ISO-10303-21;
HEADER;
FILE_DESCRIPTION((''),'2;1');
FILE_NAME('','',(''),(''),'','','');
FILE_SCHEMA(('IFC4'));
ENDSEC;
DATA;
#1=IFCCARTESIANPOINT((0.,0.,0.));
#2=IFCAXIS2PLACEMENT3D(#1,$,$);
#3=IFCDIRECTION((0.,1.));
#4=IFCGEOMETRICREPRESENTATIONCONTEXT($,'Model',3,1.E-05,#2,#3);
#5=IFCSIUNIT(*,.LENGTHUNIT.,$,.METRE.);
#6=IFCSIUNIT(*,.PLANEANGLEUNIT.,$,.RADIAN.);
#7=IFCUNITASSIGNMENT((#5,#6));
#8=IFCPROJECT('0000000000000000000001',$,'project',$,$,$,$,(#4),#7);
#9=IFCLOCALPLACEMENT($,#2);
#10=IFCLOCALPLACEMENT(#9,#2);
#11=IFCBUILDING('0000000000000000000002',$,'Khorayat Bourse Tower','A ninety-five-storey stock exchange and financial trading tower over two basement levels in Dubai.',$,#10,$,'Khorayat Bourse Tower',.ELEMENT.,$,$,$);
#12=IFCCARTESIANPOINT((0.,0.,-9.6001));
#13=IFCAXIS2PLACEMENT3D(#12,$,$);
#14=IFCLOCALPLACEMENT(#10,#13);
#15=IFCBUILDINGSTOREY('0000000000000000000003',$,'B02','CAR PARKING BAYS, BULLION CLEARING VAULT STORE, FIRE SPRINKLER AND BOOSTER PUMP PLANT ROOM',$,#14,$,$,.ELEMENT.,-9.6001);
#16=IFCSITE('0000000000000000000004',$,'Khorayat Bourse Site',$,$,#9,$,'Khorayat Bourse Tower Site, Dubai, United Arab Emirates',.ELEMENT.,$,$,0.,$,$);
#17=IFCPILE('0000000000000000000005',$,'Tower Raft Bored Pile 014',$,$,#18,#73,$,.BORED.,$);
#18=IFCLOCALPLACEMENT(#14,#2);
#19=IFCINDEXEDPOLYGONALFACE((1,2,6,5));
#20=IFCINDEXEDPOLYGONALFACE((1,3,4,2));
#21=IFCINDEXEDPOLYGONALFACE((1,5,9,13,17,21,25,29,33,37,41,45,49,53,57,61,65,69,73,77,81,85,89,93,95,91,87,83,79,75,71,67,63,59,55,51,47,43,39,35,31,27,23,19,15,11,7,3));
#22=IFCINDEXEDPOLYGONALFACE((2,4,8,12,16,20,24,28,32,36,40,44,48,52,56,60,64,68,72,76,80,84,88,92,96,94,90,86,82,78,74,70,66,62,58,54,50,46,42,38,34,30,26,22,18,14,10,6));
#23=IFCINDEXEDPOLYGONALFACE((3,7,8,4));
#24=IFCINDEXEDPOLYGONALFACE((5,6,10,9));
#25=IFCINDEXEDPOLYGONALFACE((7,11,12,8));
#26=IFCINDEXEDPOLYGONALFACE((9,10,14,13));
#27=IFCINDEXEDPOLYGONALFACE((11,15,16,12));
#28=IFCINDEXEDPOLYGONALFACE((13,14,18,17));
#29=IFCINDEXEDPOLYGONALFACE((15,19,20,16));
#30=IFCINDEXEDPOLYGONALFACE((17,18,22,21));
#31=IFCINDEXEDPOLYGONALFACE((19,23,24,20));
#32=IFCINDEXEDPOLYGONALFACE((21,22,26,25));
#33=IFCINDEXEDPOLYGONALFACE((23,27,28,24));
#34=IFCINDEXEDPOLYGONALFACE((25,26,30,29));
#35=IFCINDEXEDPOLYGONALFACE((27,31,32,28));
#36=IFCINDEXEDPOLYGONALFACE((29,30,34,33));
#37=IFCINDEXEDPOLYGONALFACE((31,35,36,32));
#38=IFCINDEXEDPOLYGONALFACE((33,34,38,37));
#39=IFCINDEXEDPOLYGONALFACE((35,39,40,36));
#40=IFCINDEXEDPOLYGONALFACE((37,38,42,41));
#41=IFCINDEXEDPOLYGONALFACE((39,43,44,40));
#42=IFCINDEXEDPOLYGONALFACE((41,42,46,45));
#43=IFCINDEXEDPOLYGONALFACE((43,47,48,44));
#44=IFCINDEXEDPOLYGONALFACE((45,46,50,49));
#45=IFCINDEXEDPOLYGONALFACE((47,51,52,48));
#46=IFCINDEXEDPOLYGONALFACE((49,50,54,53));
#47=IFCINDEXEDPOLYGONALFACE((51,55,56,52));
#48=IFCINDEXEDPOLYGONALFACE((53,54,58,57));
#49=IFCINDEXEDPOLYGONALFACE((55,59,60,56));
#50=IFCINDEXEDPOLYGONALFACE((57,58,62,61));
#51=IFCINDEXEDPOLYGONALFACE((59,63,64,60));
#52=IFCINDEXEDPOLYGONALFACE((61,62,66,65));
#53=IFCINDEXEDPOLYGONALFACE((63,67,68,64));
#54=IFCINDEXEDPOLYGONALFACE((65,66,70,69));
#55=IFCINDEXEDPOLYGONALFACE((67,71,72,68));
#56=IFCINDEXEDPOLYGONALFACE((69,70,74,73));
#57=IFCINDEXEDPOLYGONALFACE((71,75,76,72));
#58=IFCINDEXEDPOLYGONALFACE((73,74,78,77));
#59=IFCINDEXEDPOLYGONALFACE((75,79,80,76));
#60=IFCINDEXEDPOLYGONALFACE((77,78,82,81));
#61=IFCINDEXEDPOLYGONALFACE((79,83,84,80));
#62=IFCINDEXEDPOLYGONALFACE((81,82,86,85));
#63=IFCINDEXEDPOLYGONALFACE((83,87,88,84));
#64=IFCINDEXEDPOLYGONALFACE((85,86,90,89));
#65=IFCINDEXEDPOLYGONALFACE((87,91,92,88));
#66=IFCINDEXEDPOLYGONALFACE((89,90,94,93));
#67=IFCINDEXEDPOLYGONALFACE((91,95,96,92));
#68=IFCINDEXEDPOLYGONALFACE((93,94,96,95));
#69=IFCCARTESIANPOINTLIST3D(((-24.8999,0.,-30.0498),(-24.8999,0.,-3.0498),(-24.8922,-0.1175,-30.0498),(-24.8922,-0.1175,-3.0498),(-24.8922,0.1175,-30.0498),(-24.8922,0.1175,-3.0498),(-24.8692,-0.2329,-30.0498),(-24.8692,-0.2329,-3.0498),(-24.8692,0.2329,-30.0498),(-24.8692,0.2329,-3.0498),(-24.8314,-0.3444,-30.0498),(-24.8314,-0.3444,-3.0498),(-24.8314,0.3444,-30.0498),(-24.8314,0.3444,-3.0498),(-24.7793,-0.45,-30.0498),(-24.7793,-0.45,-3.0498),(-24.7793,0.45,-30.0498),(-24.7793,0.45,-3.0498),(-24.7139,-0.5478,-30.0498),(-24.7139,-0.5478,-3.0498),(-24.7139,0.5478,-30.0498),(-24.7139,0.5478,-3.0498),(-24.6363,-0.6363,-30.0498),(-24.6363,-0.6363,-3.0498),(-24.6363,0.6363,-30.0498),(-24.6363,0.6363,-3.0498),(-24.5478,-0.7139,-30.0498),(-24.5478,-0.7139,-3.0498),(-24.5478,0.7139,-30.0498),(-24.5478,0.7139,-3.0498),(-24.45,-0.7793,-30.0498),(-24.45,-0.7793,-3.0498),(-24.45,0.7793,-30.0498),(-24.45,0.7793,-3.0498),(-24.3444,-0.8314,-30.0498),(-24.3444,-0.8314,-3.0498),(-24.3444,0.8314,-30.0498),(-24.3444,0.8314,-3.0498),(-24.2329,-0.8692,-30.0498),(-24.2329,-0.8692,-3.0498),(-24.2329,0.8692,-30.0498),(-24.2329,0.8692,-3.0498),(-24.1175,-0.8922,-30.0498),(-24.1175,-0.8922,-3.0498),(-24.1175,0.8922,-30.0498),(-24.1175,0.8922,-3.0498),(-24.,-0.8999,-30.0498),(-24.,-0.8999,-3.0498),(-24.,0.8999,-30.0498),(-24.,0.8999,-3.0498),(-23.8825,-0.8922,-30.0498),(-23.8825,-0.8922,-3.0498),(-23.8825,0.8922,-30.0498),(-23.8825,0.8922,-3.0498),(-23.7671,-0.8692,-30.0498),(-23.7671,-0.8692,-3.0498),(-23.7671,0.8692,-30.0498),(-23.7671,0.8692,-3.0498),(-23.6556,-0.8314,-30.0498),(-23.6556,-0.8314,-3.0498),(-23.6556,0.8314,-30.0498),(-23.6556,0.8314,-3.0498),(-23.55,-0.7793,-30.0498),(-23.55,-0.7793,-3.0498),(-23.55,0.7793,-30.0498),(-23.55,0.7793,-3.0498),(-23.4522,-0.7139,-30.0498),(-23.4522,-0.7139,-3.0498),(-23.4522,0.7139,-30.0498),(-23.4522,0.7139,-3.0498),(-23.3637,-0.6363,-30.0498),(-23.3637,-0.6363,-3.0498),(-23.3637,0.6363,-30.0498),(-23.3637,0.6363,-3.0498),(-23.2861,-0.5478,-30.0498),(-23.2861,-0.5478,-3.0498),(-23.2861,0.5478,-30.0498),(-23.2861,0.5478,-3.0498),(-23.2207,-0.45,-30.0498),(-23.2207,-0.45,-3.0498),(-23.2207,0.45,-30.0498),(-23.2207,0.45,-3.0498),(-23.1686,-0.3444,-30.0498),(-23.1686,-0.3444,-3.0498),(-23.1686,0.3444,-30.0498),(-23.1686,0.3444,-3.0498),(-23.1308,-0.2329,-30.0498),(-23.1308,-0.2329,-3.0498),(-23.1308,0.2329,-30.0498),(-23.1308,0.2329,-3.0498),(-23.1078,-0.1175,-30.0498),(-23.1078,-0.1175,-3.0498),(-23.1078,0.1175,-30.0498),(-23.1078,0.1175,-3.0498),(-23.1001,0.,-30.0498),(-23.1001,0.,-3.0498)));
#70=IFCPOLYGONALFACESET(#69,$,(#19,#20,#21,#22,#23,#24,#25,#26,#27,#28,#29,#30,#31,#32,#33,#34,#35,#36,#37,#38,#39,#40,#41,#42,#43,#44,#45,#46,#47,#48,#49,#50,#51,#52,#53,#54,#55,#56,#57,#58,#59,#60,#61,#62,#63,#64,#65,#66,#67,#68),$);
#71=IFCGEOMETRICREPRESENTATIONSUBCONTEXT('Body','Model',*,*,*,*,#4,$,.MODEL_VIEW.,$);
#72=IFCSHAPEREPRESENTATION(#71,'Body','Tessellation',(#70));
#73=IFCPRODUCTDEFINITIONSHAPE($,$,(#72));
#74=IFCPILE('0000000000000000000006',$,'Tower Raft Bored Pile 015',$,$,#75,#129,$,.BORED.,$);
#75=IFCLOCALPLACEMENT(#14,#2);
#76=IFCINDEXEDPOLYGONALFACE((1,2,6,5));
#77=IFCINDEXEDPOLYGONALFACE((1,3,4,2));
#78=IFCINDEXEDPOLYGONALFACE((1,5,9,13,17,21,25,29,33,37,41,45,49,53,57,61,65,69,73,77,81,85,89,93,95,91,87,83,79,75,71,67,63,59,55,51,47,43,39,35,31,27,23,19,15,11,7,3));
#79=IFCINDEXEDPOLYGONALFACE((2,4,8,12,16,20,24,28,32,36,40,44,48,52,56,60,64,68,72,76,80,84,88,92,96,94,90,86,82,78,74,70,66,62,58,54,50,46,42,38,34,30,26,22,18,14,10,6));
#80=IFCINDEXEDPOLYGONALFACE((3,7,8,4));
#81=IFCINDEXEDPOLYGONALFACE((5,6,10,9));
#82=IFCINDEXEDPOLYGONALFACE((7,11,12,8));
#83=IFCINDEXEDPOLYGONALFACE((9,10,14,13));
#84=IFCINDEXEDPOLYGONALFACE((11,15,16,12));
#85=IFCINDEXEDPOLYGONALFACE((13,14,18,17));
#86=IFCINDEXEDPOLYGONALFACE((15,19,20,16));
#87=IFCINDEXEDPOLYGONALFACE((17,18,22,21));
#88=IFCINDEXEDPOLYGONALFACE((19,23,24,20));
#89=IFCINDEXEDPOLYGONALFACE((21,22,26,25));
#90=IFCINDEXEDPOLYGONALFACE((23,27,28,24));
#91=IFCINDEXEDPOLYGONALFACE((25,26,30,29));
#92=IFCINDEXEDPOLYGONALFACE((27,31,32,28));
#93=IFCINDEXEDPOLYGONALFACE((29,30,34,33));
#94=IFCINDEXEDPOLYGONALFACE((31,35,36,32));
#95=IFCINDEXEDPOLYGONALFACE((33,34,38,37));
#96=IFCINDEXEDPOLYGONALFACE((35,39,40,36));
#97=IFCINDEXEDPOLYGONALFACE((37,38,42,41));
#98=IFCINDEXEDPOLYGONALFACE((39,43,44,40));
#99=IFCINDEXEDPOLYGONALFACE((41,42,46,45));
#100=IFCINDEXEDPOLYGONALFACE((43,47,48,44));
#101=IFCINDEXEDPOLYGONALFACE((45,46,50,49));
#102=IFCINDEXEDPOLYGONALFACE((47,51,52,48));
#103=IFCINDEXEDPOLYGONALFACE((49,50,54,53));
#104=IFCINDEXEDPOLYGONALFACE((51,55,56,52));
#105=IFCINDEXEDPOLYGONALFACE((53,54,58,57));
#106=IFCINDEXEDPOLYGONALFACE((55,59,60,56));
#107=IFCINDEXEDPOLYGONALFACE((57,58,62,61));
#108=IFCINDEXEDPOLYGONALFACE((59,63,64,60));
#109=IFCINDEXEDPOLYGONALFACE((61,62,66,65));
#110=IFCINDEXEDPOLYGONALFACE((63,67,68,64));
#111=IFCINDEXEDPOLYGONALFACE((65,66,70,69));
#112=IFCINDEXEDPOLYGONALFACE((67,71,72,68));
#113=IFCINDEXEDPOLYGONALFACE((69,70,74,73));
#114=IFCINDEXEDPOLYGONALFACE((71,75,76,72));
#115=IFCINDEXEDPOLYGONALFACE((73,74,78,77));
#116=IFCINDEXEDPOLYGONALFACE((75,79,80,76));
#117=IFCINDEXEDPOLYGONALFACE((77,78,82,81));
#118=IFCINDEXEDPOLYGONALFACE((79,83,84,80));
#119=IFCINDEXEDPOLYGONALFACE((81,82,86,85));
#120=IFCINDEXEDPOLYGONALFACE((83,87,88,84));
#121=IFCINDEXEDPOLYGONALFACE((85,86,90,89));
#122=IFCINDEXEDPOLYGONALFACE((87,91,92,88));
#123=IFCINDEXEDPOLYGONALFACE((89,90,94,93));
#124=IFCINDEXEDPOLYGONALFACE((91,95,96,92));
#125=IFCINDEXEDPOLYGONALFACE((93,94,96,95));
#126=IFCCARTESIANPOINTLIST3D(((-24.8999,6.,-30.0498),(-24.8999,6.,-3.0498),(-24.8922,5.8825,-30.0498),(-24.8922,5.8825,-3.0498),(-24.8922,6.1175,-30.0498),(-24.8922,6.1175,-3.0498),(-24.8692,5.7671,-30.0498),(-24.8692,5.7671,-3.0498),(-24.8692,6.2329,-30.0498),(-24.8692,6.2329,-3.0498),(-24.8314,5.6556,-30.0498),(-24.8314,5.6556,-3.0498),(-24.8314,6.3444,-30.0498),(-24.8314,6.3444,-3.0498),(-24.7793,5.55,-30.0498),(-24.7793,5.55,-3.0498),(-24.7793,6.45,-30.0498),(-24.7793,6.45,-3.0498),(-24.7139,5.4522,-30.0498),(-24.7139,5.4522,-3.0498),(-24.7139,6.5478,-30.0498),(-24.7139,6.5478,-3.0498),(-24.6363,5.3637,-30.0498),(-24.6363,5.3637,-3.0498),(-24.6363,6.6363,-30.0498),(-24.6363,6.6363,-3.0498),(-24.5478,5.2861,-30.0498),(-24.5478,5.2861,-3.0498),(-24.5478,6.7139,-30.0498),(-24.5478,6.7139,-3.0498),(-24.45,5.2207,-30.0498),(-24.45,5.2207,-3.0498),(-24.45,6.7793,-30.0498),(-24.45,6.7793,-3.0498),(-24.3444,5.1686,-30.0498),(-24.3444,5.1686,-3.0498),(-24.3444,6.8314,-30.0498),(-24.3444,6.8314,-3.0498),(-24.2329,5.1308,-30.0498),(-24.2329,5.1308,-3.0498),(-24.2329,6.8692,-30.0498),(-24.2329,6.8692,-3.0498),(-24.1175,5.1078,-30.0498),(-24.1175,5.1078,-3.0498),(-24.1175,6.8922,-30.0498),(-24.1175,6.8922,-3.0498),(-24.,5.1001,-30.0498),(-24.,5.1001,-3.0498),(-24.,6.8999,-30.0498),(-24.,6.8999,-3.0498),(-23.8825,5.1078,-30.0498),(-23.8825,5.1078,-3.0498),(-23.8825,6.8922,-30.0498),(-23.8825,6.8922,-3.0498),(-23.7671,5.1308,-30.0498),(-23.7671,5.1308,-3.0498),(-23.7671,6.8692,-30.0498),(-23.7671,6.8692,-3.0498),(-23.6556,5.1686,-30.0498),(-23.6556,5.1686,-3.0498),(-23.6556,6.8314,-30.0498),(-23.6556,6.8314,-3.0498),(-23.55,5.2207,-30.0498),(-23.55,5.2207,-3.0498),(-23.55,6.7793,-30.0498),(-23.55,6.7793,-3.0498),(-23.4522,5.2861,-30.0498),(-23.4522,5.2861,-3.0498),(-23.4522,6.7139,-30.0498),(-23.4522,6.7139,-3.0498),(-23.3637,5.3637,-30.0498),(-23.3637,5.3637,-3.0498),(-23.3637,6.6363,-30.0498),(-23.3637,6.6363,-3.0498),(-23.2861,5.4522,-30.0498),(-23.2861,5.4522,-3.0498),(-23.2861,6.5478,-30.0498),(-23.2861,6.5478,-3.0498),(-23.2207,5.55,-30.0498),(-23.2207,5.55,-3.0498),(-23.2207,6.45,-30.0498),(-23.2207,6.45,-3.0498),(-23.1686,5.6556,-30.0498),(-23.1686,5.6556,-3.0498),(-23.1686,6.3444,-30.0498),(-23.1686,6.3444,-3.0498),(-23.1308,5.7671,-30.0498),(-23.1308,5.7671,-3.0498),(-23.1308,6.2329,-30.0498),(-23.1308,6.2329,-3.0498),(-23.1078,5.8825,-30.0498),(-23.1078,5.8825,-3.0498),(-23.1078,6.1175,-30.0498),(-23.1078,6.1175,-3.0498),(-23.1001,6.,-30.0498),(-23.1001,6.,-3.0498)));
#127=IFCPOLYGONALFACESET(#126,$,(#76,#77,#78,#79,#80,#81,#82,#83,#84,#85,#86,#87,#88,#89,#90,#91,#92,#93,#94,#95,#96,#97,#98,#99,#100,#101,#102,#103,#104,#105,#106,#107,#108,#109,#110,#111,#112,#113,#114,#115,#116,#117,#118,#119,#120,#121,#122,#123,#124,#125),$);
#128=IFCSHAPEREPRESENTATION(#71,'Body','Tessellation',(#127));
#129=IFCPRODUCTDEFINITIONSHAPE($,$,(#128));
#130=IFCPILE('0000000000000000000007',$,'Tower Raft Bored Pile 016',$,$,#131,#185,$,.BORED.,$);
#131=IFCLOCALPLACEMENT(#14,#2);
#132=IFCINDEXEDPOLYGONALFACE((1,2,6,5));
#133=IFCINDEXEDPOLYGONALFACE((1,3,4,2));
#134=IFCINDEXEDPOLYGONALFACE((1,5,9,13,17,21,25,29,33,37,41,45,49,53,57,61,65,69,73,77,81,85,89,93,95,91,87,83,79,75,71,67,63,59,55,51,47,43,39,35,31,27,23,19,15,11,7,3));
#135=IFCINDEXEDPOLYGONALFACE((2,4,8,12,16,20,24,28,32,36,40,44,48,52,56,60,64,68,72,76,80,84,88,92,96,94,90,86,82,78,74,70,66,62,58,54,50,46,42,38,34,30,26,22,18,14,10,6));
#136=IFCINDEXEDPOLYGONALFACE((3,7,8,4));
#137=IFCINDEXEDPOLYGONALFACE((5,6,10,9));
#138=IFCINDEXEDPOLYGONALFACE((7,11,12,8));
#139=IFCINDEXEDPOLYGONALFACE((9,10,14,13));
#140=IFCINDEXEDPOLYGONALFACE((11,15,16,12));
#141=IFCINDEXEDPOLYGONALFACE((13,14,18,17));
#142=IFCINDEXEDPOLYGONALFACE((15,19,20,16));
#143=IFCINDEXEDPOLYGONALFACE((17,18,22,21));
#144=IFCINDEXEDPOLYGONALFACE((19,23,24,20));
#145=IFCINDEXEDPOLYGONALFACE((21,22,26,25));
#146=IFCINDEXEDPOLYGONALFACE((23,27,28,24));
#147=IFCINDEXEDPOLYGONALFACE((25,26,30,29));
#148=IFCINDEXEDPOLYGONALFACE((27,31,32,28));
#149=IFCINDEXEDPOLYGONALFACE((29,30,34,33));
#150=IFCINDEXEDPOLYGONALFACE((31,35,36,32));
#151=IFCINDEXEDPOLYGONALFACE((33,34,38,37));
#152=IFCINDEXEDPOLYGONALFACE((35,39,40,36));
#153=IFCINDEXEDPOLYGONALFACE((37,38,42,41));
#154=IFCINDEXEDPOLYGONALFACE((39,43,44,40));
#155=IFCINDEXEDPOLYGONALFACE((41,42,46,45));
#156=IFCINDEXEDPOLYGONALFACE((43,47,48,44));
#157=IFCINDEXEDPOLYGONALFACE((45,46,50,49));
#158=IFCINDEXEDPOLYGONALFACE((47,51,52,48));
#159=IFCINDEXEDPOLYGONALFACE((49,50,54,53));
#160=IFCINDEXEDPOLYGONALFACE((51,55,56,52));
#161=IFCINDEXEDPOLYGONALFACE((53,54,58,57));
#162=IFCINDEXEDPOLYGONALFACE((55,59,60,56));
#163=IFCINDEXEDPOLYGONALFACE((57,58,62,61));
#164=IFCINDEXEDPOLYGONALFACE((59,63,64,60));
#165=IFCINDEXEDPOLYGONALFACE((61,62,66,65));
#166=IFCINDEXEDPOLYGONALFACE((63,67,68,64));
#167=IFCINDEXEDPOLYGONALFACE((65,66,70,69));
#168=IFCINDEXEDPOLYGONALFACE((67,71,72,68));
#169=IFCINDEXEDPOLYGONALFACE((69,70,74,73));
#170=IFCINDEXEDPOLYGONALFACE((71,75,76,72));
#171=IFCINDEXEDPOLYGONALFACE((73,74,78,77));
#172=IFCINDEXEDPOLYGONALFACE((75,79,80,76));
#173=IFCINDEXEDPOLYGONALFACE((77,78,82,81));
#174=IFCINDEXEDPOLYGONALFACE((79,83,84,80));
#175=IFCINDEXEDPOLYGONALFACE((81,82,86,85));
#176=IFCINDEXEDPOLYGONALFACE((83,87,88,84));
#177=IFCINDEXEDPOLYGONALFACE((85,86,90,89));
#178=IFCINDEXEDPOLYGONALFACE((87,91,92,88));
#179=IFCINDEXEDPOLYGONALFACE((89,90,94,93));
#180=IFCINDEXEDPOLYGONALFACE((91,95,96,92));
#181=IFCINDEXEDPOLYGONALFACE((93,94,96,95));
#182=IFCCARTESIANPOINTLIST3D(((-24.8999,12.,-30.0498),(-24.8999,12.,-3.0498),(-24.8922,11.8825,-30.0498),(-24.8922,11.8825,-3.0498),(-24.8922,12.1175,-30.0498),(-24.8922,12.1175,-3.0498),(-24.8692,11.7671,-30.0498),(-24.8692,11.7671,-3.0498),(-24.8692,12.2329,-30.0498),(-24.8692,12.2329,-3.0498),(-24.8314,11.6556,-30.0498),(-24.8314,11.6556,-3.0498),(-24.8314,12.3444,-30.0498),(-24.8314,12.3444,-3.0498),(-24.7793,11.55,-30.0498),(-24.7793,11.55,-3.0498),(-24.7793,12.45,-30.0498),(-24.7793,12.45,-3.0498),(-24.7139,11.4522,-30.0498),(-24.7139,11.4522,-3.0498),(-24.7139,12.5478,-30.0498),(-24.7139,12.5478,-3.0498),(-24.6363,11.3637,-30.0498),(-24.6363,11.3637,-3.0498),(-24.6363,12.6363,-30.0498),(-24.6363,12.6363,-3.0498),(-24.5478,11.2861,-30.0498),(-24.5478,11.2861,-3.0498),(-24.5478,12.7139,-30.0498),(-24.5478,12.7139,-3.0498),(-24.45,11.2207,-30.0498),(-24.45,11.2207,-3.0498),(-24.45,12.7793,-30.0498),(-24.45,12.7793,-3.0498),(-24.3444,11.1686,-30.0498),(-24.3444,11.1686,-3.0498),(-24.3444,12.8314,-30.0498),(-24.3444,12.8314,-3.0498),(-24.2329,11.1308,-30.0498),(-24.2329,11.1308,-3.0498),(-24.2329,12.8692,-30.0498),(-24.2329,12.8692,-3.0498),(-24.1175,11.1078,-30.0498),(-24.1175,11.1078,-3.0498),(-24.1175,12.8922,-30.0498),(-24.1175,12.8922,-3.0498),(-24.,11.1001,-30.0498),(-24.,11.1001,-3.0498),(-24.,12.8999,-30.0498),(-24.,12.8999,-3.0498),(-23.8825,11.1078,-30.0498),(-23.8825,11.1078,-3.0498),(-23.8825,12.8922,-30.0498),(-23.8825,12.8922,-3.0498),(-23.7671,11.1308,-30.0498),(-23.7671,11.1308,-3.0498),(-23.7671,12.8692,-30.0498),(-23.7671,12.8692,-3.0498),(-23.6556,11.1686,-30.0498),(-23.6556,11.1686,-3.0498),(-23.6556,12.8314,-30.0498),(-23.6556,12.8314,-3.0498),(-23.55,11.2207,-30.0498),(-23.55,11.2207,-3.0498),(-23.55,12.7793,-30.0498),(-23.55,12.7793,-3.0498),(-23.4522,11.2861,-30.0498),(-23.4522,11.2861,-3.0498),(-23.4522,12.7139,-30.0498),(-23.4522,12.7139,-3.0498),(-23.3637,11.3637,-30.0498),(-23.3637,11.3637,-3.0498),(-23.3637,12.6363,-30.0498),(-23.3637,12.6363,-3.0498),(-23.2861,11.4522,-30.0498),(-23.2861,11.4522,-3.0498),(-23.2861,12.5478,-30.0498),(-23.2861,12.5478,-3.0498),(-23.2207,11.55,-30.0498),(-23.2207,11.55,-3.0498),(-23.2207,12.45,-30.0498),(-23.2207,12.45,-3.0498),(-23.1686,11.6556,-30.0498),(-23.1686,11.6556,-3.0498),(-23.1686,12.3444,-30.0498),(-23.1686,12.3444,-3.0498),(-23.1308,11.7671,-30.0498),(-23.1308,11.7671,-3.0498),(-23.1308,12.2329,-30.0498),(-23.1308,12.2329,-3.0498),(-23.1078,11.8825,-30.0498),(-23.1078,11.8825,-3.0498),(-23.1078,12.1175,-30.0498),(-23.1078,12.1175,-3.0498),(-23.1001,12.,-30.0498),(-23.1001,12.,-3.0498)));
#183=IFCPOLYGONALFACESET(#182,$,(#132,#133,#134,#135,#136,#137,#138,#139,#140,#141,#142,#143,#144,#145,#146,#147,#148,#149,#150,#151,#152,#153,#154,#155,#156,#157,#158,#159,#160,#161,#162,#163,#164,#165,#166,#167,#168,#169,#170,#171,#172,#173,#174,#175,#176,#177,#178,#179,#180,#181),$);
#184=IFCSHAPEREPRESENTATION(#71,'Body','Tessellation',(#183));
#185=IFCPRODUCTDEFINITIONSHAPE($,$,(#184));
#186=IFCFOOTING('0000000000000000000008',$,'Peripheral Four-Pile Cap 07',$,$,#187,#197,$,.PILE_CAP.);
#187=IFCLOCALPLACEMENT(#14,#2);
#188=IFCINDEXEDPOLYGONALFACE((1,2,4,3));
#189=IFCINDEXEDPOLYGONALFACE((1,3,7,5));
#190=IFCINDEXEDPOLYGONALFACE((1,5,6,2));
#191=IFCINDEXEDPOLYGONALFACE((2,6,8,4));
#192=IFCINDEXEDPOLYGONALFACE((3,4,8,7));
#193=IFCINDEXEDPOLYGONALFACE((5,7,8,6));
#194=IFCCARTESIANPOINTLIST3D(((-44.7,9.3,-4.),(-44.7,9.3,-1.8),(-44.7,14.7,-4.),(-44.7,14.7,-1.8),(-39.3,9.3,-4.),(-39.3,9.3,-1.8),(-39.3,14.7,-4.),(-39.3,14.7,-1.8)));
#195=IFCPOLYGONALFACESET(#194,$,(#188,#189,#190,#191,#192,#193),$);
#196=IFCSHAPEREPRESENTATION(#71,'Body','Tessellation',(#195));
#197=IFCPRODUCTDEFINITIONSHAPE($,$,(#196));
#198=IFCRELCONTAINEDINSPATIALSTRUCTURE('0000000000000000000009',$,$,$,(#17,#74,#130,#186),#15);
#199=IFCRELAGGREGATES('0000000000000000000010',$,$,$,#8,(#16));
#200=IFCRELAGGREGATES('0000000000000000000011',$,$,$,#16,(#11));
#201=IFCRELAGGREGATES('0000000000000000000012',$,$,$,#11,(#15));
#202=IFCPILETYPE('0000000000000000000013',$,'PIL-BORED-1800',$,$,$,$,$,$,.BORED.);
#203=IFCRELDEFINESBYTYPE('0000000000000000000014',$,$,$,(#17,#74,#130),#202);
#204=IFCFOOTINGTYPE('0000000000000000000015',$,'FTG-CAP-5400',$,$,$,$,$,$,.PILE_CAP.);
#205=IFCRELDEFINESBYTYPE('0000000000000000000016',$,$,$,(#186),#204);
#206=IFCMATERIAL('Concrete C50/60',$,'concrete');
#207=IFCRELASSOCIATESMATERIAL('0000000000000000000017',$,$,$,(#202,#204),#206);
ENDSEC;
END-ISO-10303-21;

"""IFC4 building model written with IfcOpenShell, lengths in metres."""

from ifc_helpers import new_model, si_unit, direction, frame, origin, origin_2d, place, context, subcontext, project, spatial, rectangle, circle, extrude, source, transform, mapped, material, material_profile, profile_set, type_object, element, save


model = new_model("IFC4")

# Units and contexts
model_context = context("Model", 3, precision=1e-05, world=origin(), true_north=direction((0.0, 1.0)))
body_context = subcontext(model_context, "Body", "Model", "MODEL_VIEW")
ifc_project = project(units=[si_unit("LENGTHUNIT", "METRE"), si_unit("PLANEANGLEUNIT", "RADIAN")], contexts=[model_context])

# Site, building, storey
site_placement = place(None, origin())
site = spatial("IfcSite", under=ifc_project, at=site_placement, Name="Khorayat Bourse Site", LongName="Khorayat Bourse Tower Site, Dubai, United Arab Emirates", CompositionType="ELEMENT", RefElevation=0.0)
building_placement = place(site_placement, origin())
building = spatial("IfcBuilding", under=site, at=building_placement, Name="Khorayat Bourse Tower", Description="A ninety-five-storey stock exchange and financial trading tower over two basement levels in Dubai.", LongName="Khorayat Bourse Tower", CompositionType="ELEMENT")
storey_placement = place(building_placement, frame((0.0, 0.0, -9.6001)))
storey = spatial("IfcBuildingStorey", under=building, at=storey_placement, Name="B02", Description="CAR PARKING BAYS, BULLION CLEARING VAULT STORE, FIRE SPRINKLER AND BOOSTER PUMP PLANT ROOM", CompositionType="ELEMENT", Elevation=-9.6001)

# Piles
ifc_material_1 = material(Name="Concrete C50/60", Category="concrete")
ifc_material_profile_1 = material_profile(ifc_material_1, circle(Radius=0.8999, at=origin_2d()), Name="BORED PILE D1800")
ifc_profile_set_1 = profile_set([ifc_material_profile_1], Name="Concrete C50/60")
pile_type_1 = type_object("IfcPileType", Name="PIL-BORED-1800", PredefinedType="BORED", material=ifc_profile_set_1)
shared_shape_1 = source(origin(), body_context, "Body", "SweptSolid", [
    extrude(circle(Radius=0.8999, at=origin_2d()), origin(), (0.0, 0.0, 1.0), 27.0),
])
for number, where, z_axis, x_axis, name in (
    (1, (-24.0, 0.0, -3.0498), (0.0, 0.0, -1.0), (1.0, 0.0, 0.0), "Tower Raft Bored Pile 014"),
    (2, (-24.0, 6.0, -3.0498), (0.0, 0.0, -1.0), (1.0, 0.0, 0.0), "Tower Raft Bored Pile 015"),
    (3, (-24.0, 12.0, -3.0498), (0.0, 0.0, -1.0), (1.0, 0.0, 0.0), "Tower Raft Bored Pile 016"),
):
    element("IfcPile", number, at=place(storey_placement, frame(where, z_axis=z_axis, x_axis=x_axis)), inside=storey, type_object=pile_type_1, Name=name, PredefinedType="BORED", context=body_context, shape_type="MappedRepresentation", body=[
        mapped(shared_shape_1, transform((0.0, 0.0, 0.0), scale=1.0)),
    ])

# Footing
footing_type_1 = type_object("IfcFootingType", Name="FTG-CAP-5400", PredefinedType="PILE_CAP", material=ifc_material_1)
shared_shape_2 = source(origin(), body_context, "Body", "SweptSolid", [
    extrude(rectangle(XDim=5.3999, YDim=5.3999, at=origin_2d()), origin(), (0.0, 0.0, 1.0), 2.2),
])
footing_1_placement = place(storey_placement, frame((-42.0, 12.0, -4.0), z_axis=(0.0, 0.0, 1.0), x_axis=(1.0, 0.0, 0.0)))
element("IfcFooting", 4, at=footing_1_placement, inside=storey, type_object=footing_type_1, Name="Peripheral Four-Pile Cap 07", PredefinedType="PILE_CAP", context=body_context, shape_type="MappedRepresentation", body=[
    mapped(shared_shape_2, transform((0.0, 0.0, 0.0), scale=1.0)),
])

save(model, "model.ifc")
